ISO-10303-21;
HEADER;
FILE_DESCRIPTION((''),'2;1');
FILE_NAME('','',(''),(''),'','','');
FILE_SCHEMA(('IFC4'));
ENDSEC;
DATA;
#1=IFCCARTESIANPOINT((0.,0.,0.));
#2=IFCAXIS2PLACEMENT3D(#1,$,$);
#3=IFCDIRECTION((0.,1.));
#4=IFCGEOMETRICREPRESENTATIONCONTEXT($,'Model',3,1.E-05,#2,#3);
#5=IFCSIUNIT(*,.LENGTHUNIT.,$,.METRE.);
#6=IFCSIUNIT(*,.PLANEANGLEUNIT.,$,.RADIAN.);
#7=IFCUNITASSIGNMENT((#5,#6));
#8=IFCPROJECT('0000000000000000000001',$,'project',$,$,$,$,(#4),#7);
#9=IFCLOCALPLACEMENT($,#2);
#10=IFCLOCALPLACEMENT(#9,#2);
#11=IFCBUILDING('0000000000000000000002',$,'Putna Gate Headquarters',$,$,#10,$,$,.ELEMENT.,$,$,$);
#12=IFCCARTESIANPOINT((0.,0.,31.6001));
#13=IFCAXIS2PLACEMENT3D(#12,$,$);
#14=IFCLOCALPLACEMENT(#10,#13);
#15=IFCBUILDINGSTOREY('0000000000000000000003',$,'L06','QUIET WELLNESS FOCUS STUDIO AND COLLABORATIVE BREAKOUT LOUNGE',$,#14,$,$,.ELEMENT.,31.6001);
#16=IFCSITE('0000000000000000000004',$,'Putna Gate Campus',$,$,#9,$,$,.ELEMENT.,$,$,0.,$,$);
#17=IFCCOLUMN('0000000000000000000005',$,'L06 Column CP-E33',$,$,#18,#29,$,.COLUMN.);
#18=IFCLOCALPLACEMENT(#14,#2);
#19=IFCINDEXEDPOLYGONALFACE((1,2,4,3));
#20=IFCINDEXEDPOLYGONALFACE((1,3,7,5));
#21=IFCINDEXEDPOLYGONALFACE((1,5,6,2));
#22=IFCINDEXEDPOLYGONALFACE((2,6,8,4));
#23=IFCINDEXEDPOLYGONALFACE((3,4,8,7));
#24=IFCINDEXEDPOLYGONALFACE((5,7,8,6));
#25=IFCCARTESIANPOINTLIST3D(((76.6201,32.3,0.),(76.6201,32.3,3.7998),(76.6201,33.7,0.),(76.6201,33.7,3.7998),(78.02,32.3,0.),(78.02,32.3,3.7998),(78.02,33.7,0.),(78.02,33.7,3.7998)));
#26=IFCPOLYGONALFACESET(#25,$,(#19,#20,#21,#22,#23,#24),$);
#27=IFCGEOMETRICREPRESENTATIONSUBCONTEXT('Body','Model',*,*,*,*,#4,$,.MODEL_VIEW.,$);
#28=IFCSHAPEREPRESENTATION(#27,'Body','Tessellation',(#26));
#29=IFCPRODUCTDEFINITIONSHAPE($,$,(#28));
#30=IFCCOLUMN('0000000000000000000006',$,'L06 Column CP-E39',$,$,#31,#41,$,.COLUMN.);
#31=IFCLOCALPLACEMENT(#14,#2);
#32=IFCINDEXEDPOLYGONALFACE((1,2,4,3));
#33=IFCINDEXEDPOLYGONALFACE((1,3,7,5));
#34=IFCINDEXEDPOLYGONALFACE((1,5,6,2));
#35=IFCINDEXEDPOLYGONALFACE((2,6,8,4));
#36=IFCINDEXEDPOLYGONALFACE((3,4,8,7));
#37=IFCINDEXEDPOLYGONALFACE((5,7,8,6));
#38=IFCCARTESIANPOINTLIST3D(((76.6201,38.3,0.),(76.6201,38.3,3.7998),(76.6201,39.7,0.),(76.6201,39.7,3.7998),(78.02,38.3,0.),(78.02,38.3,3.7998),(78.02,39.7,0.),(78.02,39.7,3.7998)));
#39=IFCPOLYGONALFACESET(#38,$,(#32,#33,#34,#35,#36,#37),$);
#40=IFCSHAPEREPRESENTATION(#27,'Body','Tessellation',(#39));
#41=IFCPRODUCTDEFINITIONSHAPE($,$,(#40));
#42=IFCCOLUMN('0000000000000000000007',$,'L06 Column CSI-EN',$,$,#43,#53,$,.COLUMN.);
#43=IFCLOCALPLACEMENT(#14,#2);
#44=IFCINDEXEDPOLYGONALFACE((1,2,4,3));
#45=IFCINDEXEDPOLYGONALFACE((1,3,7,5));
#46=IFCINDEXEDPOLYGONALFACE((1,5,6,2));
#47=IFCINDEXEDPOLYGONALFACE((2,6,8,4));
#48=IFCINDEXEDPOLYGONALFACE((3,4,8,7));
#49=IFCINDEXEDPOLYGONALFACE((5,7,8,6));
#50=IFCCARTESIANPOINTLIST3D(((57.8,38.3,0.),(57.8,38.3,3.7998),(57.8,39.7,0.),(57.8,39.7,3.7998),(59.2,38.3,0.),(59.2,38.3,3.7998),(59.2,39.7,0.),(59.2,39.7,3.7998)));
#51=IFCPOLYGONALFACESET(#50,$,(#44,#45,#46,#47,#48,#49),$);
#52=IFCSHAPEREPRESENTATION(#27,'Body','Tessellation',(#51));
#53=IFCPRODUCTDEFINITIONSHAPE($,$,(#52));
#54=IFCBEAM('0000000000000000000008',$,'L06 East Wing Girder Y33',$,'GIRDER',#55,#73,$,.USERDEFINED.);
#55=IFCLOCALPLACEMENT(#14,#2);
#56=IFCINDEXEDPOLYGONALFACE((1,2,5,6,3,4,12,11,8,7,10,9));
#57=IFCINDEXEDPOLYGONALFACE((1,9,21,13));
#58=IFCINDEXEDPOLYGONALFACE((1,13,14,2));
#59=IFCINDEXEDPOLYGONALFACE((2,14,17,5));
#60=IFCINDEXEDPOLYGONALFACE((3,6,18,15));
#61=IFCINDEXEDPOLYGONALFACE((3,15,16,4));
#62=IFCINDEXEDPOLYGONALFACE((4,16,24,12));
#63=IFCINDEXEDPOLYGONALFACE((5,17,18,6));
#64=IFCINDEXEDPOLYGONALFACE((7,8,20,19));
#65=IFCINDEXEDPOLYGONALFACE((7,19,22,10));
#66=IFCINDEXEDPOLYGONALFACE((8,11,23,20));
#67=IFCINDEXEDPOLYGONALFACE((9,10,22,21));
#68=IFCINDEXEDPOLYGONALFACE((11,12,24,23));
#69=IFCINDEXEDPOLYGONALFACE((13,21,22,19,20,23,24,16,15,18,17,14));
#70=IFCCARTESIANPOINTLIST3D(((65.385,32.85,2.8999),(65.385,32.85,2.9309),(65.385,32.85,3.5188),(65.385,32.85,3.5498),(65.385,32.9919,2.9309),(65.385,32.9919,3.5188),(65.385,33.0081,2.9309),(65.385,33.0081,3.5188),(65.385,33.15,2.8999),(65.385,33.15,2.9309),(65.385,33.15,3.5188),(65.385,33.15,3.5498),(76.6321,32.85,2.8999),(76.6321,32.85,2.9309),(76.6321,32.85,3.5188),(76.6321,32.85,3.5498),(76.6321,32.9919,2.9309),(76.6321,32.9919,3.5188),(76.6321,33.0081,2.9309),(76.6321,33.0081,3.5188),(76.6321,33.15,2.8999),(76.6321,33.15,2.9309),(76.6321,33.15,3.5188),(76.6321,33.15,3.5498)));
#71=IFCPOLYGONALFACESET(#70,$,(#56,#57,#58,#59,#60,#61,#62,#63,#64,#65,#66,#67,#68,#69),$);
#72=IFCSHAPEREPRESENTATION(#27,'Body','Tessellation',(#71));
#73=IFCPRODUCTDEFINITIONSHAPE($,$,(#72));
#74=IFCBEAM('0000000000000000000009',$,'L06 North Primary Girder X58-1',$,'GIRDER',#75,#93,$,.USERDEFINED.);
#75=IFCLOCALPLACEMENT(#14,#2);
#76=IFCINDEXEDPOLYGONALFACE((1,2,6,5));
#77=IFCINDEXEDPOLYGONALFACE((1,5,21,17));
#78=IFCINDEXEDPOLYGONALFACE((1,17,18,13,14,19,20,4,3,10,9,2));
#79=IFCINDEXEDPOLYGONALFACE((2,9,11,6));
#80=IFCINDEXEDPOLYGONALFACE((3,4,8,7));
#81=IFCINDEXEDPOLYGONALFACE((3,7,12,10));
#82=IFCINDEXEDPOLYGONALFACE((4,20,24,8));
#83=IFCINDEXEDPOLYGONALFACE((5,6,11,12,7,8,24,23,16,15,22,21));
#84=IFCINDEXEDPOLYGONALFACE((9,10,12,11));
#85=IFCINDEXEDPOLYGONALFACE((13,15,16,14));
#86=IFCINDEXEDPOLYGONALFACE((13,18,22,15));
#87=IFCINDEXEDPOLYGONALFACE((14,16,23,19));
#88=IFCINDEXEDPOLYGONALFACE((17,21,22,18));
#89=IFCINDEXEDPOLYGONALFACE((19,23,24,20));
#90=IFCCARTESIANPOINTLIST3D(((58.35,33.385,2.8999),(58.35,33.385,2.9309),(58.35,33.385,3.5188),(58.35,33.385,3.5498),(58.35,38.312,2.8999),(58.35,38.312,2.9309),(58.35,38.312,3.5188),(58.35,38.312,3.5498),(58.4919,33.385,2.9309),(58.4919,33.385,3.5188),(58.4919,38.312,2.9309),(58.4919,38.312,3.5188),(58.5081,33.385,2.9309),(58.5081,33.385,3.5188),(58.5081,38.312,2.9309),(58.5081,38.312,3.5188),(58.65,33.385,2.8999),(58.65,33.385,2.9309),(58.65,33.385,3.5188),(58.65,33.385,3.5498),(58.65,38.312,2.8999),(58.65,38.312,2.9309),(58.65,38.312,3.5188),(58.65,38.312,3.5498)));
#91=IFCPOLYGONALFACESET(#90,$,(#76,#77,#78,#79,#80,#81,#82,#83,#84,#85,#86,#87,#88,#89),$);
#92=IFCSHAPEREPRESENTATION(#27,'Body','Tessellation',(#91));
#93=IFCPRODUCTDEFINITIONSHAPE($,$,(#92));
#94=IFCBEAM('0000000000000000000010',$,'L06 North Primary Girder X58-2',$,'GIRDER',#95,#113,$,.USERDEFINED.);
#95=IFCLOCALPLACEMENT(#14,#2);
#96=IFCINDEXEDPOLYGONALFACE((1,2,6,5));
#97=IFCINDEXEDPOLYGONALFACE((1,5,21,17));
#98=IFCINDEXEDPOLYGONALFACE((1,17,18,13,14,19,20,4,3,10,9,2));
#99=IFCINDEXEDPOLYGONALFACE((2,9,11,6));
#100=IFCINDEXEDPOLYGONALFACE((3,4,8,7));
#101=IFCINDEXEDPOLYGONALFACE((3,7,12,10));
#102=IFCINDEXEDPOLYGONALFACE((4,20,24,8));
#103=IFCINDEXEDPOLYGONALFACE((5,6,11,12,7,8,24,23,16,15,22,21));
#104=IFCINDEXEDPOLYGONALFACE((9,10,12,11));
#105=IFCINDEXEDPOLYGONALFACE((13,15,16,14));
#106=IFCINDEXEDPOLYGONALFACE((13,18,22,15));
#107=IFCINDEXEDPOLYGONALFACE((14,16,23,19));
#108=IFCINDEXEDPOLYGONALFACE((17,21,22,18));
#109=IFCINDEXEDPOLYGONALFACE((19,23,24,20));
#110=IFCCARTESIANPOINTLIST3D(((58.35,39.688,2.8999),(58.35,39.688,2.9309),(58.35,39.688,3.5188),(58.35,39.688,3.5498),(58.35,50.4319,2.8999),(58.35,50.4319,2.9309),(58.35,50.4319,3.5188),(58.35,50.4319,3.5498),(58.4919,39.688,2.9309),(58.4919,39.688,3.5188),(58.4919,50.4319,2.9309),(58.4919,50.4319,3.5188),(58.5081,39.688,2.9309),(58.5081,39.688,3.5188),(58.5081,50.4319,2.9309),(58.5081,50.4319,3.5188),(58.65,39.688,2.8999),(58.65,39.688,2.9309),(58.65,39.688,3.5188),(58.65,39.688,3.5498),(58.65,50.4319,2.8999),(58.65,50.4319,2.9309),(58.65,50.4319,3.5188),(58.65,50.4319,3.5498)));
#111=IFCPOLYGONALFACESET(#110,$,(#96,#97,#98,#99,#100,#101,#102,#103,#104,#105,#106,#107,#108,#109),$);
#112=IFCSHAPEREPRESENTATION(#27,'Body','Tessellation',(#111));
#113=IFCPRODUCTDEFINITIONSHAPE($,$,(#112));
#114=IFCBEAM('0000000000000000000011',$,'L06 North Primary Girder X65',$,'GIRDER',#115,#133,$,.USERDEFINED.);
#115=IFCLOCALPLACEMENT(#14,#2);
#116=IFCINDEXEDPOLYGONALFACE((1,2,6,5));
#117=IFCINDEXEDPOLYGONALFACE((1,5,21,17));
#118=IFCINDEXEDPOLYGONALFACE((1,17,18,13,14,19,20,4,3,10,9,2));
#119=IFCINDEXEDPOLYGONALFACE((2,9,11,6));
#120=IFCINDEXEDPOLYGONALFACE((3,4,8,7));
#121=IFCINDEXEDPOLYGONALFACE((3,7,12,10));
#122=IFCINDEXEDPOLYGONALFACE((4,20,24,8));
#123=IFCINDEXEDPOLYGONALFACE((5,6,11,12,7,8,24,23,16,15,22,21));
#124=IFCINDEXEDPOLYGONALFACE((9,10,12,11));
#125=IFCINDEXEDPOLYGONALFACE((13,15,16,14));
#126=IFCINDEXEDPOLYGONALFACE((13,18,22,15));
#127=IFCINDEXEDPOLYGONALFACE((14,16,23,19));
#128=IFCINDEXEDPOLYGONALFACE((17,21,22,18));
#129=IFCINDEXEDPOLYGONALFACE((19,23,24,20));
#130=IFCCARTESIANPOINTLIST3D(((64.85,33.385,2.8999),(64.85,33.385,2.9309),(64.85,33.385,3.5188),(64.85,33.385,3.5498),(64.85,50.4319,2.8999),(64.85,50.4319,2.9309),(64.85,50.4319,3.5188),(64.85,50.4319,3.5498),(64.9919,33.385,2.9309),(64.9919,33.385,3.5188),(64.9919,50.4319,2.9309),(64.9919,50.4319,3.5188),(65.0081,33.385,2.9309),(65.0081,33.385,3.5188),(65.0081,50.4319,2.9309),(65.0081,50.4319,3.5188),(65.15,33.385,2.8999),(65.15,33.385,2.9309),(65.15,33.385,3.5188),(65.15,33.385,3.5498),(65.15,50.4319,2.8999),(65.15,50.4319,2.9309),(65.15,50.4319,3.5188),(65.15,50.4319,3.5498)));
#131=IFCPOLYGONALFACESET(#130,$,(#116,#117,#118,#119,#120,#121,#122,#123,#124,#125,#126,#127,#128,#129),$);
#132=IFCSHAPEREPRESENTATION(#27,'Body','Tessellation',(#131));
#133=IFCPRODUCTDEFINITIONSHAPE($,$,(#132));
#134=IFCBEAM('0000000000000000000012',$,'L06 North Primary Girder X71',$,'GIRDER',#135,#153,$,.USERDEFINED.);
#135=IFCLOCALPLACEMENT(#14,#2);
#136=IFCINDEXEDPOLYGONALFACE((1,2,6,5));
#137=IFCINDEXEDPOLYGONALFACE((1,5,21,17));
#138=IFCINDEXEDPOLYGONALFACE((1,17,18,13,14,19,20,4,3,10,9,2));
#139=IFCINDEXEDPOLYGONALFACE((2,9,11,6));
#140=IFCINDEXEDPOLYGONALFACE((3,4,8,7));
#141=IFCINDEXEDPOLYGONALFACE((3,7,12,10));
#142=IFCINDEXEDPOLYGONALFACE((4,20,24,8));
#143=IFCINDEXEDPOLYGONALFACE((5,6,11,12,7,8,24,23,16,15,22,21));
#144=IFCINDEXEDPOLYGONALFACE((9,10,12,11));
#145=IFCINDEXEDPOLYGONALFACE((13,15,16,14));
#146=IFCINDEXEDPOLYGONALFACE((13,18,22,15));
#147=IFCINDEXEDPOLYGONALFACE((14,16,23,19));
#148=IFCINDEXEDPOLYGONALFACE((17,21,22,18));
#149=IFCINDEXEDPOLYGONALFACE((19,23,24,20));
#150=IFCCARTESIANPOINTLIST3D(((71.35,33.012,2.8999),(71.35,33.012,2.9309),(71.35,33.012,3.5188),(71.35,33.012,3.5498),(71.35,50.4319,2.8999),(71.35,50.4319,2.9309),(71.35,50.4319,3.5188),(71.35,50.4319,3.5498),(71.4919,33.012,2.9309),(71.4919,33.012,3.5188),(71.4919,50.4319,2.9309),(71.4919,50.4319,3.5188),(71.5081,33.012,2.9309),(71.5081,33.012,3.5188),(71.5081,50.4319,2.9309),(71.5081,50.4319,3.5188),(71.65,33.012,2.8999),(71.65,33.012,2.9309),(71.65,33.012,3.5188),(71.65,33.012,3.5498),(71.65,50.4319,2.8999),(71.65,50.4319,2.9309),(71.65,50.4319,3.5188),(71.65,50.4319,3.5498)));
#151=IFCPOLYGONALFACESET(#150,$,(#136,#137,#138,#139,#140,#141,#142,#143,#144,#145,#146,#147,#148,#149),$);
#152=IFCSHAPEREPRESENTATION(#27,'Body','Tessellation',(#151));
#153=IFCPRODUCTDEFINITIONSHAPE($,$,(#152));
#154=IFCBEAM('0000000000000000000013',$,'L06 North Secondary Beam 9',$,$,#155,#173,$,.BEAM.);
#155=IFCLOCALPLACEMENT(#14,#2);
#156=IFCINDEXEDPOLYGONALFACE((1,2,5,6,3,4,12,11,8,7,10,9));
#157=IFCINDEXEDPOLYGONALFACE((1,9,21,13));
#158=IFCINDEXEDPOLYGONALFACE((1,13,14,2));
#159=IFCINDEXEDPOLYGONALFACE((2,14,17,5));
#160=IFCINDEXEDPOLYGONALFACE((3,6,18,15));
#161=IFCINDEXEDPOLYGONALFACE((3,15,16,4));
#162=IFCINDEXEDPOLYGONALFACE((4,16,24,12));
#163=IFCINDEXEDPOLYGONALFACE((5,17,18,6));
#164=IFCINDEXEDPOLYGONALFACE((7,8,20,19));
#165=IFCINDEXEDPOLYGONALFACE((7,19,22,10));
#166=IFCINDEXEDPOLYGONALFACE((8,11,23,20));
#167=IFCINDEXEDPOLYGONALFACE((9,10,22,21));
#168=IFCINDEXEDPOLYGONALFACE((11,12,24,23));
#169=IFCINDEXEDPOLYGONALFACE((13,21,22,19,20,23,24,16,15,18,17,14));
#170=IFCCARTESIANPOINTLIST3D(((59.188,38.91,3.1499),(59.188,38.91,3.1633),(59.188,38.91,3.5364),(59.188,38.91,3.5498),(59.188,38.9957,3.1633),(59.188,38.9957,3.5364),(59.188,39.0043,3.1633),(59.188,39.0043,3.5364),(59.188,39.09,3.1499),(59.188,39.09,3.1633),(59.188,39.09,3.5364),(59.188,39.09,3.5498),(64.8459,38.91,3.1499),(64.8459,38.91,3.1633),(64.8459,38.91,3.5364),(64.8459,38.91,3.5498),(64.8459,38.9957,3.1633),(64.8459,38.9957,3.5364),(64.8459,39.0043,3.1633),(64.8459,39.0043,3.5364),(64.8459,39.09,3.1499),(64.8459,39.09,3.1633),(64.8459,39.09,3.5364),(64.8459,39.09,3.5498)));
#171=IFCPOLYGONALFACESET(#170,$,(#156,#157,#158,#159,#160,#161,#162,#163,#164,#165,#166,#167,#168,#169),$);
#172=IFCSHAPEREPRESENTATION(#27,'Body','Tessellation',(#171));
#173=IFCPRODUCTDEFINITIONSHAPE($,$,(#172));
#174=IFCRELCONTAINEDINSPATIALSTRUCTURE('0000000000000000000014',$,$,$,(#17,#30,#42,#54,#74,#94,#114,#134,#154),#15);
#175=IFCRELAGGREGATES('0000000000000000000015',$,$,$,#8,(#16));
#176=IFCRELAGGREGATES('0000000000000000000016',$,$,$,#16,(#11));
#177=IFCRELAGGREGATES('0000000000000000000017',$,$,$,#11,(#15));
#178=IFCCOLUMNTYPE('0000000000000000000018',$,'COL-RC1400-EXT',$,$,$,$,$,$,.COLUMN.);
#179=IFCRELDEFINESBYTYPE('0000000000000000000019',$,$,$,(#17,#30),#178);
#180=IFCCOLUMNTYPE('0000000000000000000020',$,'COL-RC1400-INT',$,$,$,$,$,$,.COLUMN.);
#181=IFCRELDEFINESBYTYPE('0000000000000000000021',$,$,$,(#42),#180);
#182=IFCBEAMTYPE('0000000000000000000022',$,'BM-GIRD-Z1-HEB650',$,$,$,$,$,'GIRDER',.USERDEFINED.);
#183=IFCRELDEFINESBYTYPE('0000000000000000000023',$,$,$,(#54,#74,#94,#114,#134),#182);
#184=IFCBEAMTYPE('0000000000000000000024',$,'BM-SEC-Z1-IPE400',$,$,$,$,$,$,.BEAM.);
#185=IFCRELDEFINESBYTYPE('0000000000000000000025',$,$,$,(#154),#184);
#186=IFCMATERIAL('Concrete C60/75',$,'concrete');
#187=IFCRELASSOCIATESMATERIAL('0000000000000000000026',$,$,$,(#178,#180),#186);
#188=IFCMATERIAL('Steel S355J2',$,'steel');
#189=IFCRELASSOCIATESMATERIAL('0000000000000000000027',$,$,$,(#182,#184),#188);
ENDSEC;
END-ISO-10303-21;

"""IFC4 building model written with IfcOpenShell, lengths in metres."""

from ifc_helpers import new_model, si_unit, direction, frame, origin, origin_2d, place, context, subcontext, project, spatial, rectangle, i_section, extrude, material, material_profile, profile_set, type_object, element, save


model = new_model("IFC4")

# Units and contexts
model_context = context("Model", 3, precision=1e-05, world=origin(), true_north=direction((0.0, 1.0)))
body_context = subcontext(model_context, "Body", "Model", "MODEL_VIEW")
ifc_project = project(units=[si_unit("LENGTHUNIT", "METRE"), si_unit("PLANEANGLEUNIT", "RADIAN")], contexts=[model_context])

# Site, building, storey
site_placement = place(None, origin())
site = spatial("IfcSite", under=ifc_project, at=site_placement, Name="Putna Gate Campus", CompositionType="ELEMENT", RefElevation=0.0)
building_placement = place(site_placement, origin())
building = spatial("IfcBuilding", under=site, at=building_placement, Name="Putna Gate Headquarters", CompositionType="ELEMENT")
storey_placement = place(building_placement, frame((0.0, 0.0, 31.6001)))
storey = spatial("IfcBuildingStorey", under=building, at=storey_placement, Name="L06", Description="QUIET WELLNESS FOCUS STUDIO AND COLLABORATIVE BREAKOUT LOUNGE", CompositionType="ELEMENT", Elevation=31.6001)

# Columns
ifc_material_1 = material(Name="Concrete C60/75", Category="concrete")
ifc_material_profile_1 = material_profile(ifc_material_1, rectangle(XDim=1.3999, YDim=1.3999, at=origin_2d()), Name="Concrete C60/75")
ifc_profile_set_1 = profile_set([ifc_material_profile_1], Name="Concrete C60/75")
column_type_1 = type_object("IfcColumnType", Name="COL-RC1400-EXT", PredefinedType="COLUMN", material=ifc_profile_set_1)
for number, where, z_axis, x_axis, name in (
    (1, (77.3201, 33.0, 0.0), (0.0, 0.0, 1.0), (1.0, 0.0, 0.0), "L06 Column CP-E33"),
    (2, (77.3201, 39.0, 0.0), (0.0, 0.0, 1.0), (1.0, 0.0, 0.0), "L06 Column CP-E39"),
):
    element("IfcColumn", number, at=place(storey_placement, frame(where, z_axis=z_axis, x_axis=x_axis)), inside=storey, type_object=column_type_1, Name=name, PredefinedType="COLUMN", context=body_context, shape_type="SweptSolid", body=[
        extrude(rectangle(XDim=1.3999, YDim=1.3999, at=origin_2d()), origin(), (0.0, 0.0, 1.0), 3.7998),
    ])
ifc_material_profile_2 = material_profile(ifc_material_1, rectangle(XDim=1.3999, YDim=1.3999, at=origin_2d()), Name="Concrete C60/75")
ifc_profile_set_2 = profile_set([ifc_material_profile_2], Name="Concrete C60/75")
column_type_2 = type_object("IfcColumnType", Name="COL-RC1400-INT", PredefinedType="COLUMN", material=ifc_profile_set_2)
column_placement = place(storey_placement, frame((58.5, 39.0, 0.0), z_axis=(0.0, 0.0, 1.0), x_axis=(1.0, 0.0, 0.0)))
element("IfcColumn", 3, at=column_placement, inside=storey, type_object=column_type_2, Name="L06 Column CSI-EN", PredefinedType="COLUMN", context=body_context, shape_type="SweptSolid", body=[
    extrude(rectangle(XDim=1.3999, YDim=1.3999, at=origin_2d()), origin(), (0.0, 0.0, 1.0), 3.7998),
])

# Beams
ifc_material_2 = material(Name="Steel S355J2", Category="steel")
ifc_material_profile_3 = material_profile(ifc_material_2, i_section(OverallWidth=0.3, OverallDepth=0.6499, WebThickness=0.0161, FlangeThickness=0.031, at=origin_2d()), Name="Steel S355J2")
ifc_profile_set_3 = profile_set([ifc_material_profile_3], Name="Steel S355J2")
beam_type_1 = type_object("IfcBeamType", Name="BM-GIRD-Z1-HEB650", ElementType="GIRDER", PredefinedType="USERDEFINED", material=ifc_profile_set_3)
beam_1_placement = place(storey_placement, frame((65.385, 33.0, 3.2249), z_axis=(1.0, 0.0, 0.0), x_axis=(0.0, 1.0, 0.0)))
element("IfcBeam", 4, at=beam_1_placement, inside=storey, type_object=beam_type_1, Name="L06 East Wing Girder Y33", ObjectType="GIRDER", PredefinedType="USERDEFINED", context=body_context, shape_type="SweptSolid", body=[
    extrude(i_section(OverallWidth=0.3, OverallDepth=0.6499, WebThickness=0.0161, FlangeThickness=0.031, at=origin_2d()), origin(), (0.0, 0.0, 1.0), 11.2471),
])
beam_2_placement = place(storey_placement, frame((58.5, 33.385, 3.2249), z_axis=(0.0, 1.0, 0.0), x_axis=(-1.0, 0.0, 0.0)))
element("IfcBeam", 5, at=beam_2_placement, inside=storey, type_object=beam_type_1, Name="L06 North Primary Girder X58-1", ObjectType="GIRDER", PredefinedType="USERDEFINED", context=body_context, shape_type="SweptSolid", body=[
    extrude(i_section(OverallWidth=0.3, OverallDepth=0.6499, WebThickness=0.0161, FlangeThickness=0.031, at=origin_2d()), origin(), (0.0, 0.0, 1.0), 4.927),
])
beam_3_placement = place(storey_placement, frame((58.5, 39.688, 3.2249), z_axis=(0.0, 1.0, 0.0), x_axis=(-1.0, 0.0, 0.0)))
element("IfcBeam", 6, at=beam_3_placement, inside=storey, type_object=beam_type_1, Name="L06 North Primary Girder X58-2", ObjectType="GIRDER", PredefinedType="USERDEFINED", context=body_context, shape_type="SweptSolid", body=[
    extrude(i_section(OverallWidth=0.3, OverallDepth=0.6499, WebThickness=0.0161, FlangeThickness=0.031, at=origin_2d()), origin(), (0.0, 0.0, 1.0), 10.7439),
])
beam_4_placement = place(storey_placement, frame((65.0, 33.385, 3.2249), z_axis=(0.0, 1.0, 0.0), x_axis=(-1.0, 0.0, 0.0)))
element("IfcBeam", 7, at=beam_4_placement, inside=storey, type_object=beam_type_1, Name="L06 North Primary Girder X65", ObjectType="GIRDER", PredefinedType="USERDEFINED", context=body_context, shape_type="SweptSolid", body=[
    extrude(i_section(OverallWidth=0.3, OverallDepth=0.6499, WebThickness=0.0161, FlangeThickness=0.031, at=origin_2d()), origin(), (0.0, 0.0, 1.0), 17.0469),
])
beam_5_placement = place(storey_placement, frame((71.5, 33.012, 3.2249), z_axis=(0.0, 1.0, 0.0), x_axis=(-1.0, 0.0, 0.0)))
element("IfcBeam", 8, at=beam_5_placement, inside=storey, type_object=beam_type_1, Name="L06 North Primary Girder X71", ObjectType="GIRDER", PredefinedType="USERDEFINED", context=body_context, shape_type="SweptSolid", body=[
    extrude(i_section(OverallWidth=0.3, OverallDepth=0.6499, WebThickness=0.0161, FlangeThickness=0.031, at=origin_2d()), origin(), (0.0, 0.0, 1.0), 17.4199),
])
ifc_material_profile_4 = material_profile(ifc_material_2, i_section(OverallWidth=0.1799, OverallDepth=0.3999, WebThickness=0.0085, FlangeThickness=0.0134, at=origin_2d()), Name="Steel S355J2")
ifc_profile_set_4 = profile_set([ifc_material_profile_4], Name="Steel S355J2")
beam_type_2 = type_object("IfcBeamType", Name="BM-SEC-Z1-IPE400", PredefinedType="BEAM", material=ifc_profile_set_4)
beam_6_placement = place(storey_placement, frame((59.188, 39.0, 3.3499), z_axis=(1.0, 0.0, 0.0), x_axis=(0.0, 1.0, 0.0)))
element("IfcBeam", 9, at=beam_6_placement, inside=storey, type_object=beam_type_2, Name="L06 North Secondary Beam 9", PredefinedType="BEAM", context=body_context, shape_type="SweptSolid", body=[
    extrude(i_section(OverallWidth=0.1799, OverallDepth=0.3999, WebThickness=0.0085, FlangeThickness=0.0134, at=origin_2d()), origin(), (0.0, 0.0, 1.0), 5.658),
])

save(model, "model.ifc")
